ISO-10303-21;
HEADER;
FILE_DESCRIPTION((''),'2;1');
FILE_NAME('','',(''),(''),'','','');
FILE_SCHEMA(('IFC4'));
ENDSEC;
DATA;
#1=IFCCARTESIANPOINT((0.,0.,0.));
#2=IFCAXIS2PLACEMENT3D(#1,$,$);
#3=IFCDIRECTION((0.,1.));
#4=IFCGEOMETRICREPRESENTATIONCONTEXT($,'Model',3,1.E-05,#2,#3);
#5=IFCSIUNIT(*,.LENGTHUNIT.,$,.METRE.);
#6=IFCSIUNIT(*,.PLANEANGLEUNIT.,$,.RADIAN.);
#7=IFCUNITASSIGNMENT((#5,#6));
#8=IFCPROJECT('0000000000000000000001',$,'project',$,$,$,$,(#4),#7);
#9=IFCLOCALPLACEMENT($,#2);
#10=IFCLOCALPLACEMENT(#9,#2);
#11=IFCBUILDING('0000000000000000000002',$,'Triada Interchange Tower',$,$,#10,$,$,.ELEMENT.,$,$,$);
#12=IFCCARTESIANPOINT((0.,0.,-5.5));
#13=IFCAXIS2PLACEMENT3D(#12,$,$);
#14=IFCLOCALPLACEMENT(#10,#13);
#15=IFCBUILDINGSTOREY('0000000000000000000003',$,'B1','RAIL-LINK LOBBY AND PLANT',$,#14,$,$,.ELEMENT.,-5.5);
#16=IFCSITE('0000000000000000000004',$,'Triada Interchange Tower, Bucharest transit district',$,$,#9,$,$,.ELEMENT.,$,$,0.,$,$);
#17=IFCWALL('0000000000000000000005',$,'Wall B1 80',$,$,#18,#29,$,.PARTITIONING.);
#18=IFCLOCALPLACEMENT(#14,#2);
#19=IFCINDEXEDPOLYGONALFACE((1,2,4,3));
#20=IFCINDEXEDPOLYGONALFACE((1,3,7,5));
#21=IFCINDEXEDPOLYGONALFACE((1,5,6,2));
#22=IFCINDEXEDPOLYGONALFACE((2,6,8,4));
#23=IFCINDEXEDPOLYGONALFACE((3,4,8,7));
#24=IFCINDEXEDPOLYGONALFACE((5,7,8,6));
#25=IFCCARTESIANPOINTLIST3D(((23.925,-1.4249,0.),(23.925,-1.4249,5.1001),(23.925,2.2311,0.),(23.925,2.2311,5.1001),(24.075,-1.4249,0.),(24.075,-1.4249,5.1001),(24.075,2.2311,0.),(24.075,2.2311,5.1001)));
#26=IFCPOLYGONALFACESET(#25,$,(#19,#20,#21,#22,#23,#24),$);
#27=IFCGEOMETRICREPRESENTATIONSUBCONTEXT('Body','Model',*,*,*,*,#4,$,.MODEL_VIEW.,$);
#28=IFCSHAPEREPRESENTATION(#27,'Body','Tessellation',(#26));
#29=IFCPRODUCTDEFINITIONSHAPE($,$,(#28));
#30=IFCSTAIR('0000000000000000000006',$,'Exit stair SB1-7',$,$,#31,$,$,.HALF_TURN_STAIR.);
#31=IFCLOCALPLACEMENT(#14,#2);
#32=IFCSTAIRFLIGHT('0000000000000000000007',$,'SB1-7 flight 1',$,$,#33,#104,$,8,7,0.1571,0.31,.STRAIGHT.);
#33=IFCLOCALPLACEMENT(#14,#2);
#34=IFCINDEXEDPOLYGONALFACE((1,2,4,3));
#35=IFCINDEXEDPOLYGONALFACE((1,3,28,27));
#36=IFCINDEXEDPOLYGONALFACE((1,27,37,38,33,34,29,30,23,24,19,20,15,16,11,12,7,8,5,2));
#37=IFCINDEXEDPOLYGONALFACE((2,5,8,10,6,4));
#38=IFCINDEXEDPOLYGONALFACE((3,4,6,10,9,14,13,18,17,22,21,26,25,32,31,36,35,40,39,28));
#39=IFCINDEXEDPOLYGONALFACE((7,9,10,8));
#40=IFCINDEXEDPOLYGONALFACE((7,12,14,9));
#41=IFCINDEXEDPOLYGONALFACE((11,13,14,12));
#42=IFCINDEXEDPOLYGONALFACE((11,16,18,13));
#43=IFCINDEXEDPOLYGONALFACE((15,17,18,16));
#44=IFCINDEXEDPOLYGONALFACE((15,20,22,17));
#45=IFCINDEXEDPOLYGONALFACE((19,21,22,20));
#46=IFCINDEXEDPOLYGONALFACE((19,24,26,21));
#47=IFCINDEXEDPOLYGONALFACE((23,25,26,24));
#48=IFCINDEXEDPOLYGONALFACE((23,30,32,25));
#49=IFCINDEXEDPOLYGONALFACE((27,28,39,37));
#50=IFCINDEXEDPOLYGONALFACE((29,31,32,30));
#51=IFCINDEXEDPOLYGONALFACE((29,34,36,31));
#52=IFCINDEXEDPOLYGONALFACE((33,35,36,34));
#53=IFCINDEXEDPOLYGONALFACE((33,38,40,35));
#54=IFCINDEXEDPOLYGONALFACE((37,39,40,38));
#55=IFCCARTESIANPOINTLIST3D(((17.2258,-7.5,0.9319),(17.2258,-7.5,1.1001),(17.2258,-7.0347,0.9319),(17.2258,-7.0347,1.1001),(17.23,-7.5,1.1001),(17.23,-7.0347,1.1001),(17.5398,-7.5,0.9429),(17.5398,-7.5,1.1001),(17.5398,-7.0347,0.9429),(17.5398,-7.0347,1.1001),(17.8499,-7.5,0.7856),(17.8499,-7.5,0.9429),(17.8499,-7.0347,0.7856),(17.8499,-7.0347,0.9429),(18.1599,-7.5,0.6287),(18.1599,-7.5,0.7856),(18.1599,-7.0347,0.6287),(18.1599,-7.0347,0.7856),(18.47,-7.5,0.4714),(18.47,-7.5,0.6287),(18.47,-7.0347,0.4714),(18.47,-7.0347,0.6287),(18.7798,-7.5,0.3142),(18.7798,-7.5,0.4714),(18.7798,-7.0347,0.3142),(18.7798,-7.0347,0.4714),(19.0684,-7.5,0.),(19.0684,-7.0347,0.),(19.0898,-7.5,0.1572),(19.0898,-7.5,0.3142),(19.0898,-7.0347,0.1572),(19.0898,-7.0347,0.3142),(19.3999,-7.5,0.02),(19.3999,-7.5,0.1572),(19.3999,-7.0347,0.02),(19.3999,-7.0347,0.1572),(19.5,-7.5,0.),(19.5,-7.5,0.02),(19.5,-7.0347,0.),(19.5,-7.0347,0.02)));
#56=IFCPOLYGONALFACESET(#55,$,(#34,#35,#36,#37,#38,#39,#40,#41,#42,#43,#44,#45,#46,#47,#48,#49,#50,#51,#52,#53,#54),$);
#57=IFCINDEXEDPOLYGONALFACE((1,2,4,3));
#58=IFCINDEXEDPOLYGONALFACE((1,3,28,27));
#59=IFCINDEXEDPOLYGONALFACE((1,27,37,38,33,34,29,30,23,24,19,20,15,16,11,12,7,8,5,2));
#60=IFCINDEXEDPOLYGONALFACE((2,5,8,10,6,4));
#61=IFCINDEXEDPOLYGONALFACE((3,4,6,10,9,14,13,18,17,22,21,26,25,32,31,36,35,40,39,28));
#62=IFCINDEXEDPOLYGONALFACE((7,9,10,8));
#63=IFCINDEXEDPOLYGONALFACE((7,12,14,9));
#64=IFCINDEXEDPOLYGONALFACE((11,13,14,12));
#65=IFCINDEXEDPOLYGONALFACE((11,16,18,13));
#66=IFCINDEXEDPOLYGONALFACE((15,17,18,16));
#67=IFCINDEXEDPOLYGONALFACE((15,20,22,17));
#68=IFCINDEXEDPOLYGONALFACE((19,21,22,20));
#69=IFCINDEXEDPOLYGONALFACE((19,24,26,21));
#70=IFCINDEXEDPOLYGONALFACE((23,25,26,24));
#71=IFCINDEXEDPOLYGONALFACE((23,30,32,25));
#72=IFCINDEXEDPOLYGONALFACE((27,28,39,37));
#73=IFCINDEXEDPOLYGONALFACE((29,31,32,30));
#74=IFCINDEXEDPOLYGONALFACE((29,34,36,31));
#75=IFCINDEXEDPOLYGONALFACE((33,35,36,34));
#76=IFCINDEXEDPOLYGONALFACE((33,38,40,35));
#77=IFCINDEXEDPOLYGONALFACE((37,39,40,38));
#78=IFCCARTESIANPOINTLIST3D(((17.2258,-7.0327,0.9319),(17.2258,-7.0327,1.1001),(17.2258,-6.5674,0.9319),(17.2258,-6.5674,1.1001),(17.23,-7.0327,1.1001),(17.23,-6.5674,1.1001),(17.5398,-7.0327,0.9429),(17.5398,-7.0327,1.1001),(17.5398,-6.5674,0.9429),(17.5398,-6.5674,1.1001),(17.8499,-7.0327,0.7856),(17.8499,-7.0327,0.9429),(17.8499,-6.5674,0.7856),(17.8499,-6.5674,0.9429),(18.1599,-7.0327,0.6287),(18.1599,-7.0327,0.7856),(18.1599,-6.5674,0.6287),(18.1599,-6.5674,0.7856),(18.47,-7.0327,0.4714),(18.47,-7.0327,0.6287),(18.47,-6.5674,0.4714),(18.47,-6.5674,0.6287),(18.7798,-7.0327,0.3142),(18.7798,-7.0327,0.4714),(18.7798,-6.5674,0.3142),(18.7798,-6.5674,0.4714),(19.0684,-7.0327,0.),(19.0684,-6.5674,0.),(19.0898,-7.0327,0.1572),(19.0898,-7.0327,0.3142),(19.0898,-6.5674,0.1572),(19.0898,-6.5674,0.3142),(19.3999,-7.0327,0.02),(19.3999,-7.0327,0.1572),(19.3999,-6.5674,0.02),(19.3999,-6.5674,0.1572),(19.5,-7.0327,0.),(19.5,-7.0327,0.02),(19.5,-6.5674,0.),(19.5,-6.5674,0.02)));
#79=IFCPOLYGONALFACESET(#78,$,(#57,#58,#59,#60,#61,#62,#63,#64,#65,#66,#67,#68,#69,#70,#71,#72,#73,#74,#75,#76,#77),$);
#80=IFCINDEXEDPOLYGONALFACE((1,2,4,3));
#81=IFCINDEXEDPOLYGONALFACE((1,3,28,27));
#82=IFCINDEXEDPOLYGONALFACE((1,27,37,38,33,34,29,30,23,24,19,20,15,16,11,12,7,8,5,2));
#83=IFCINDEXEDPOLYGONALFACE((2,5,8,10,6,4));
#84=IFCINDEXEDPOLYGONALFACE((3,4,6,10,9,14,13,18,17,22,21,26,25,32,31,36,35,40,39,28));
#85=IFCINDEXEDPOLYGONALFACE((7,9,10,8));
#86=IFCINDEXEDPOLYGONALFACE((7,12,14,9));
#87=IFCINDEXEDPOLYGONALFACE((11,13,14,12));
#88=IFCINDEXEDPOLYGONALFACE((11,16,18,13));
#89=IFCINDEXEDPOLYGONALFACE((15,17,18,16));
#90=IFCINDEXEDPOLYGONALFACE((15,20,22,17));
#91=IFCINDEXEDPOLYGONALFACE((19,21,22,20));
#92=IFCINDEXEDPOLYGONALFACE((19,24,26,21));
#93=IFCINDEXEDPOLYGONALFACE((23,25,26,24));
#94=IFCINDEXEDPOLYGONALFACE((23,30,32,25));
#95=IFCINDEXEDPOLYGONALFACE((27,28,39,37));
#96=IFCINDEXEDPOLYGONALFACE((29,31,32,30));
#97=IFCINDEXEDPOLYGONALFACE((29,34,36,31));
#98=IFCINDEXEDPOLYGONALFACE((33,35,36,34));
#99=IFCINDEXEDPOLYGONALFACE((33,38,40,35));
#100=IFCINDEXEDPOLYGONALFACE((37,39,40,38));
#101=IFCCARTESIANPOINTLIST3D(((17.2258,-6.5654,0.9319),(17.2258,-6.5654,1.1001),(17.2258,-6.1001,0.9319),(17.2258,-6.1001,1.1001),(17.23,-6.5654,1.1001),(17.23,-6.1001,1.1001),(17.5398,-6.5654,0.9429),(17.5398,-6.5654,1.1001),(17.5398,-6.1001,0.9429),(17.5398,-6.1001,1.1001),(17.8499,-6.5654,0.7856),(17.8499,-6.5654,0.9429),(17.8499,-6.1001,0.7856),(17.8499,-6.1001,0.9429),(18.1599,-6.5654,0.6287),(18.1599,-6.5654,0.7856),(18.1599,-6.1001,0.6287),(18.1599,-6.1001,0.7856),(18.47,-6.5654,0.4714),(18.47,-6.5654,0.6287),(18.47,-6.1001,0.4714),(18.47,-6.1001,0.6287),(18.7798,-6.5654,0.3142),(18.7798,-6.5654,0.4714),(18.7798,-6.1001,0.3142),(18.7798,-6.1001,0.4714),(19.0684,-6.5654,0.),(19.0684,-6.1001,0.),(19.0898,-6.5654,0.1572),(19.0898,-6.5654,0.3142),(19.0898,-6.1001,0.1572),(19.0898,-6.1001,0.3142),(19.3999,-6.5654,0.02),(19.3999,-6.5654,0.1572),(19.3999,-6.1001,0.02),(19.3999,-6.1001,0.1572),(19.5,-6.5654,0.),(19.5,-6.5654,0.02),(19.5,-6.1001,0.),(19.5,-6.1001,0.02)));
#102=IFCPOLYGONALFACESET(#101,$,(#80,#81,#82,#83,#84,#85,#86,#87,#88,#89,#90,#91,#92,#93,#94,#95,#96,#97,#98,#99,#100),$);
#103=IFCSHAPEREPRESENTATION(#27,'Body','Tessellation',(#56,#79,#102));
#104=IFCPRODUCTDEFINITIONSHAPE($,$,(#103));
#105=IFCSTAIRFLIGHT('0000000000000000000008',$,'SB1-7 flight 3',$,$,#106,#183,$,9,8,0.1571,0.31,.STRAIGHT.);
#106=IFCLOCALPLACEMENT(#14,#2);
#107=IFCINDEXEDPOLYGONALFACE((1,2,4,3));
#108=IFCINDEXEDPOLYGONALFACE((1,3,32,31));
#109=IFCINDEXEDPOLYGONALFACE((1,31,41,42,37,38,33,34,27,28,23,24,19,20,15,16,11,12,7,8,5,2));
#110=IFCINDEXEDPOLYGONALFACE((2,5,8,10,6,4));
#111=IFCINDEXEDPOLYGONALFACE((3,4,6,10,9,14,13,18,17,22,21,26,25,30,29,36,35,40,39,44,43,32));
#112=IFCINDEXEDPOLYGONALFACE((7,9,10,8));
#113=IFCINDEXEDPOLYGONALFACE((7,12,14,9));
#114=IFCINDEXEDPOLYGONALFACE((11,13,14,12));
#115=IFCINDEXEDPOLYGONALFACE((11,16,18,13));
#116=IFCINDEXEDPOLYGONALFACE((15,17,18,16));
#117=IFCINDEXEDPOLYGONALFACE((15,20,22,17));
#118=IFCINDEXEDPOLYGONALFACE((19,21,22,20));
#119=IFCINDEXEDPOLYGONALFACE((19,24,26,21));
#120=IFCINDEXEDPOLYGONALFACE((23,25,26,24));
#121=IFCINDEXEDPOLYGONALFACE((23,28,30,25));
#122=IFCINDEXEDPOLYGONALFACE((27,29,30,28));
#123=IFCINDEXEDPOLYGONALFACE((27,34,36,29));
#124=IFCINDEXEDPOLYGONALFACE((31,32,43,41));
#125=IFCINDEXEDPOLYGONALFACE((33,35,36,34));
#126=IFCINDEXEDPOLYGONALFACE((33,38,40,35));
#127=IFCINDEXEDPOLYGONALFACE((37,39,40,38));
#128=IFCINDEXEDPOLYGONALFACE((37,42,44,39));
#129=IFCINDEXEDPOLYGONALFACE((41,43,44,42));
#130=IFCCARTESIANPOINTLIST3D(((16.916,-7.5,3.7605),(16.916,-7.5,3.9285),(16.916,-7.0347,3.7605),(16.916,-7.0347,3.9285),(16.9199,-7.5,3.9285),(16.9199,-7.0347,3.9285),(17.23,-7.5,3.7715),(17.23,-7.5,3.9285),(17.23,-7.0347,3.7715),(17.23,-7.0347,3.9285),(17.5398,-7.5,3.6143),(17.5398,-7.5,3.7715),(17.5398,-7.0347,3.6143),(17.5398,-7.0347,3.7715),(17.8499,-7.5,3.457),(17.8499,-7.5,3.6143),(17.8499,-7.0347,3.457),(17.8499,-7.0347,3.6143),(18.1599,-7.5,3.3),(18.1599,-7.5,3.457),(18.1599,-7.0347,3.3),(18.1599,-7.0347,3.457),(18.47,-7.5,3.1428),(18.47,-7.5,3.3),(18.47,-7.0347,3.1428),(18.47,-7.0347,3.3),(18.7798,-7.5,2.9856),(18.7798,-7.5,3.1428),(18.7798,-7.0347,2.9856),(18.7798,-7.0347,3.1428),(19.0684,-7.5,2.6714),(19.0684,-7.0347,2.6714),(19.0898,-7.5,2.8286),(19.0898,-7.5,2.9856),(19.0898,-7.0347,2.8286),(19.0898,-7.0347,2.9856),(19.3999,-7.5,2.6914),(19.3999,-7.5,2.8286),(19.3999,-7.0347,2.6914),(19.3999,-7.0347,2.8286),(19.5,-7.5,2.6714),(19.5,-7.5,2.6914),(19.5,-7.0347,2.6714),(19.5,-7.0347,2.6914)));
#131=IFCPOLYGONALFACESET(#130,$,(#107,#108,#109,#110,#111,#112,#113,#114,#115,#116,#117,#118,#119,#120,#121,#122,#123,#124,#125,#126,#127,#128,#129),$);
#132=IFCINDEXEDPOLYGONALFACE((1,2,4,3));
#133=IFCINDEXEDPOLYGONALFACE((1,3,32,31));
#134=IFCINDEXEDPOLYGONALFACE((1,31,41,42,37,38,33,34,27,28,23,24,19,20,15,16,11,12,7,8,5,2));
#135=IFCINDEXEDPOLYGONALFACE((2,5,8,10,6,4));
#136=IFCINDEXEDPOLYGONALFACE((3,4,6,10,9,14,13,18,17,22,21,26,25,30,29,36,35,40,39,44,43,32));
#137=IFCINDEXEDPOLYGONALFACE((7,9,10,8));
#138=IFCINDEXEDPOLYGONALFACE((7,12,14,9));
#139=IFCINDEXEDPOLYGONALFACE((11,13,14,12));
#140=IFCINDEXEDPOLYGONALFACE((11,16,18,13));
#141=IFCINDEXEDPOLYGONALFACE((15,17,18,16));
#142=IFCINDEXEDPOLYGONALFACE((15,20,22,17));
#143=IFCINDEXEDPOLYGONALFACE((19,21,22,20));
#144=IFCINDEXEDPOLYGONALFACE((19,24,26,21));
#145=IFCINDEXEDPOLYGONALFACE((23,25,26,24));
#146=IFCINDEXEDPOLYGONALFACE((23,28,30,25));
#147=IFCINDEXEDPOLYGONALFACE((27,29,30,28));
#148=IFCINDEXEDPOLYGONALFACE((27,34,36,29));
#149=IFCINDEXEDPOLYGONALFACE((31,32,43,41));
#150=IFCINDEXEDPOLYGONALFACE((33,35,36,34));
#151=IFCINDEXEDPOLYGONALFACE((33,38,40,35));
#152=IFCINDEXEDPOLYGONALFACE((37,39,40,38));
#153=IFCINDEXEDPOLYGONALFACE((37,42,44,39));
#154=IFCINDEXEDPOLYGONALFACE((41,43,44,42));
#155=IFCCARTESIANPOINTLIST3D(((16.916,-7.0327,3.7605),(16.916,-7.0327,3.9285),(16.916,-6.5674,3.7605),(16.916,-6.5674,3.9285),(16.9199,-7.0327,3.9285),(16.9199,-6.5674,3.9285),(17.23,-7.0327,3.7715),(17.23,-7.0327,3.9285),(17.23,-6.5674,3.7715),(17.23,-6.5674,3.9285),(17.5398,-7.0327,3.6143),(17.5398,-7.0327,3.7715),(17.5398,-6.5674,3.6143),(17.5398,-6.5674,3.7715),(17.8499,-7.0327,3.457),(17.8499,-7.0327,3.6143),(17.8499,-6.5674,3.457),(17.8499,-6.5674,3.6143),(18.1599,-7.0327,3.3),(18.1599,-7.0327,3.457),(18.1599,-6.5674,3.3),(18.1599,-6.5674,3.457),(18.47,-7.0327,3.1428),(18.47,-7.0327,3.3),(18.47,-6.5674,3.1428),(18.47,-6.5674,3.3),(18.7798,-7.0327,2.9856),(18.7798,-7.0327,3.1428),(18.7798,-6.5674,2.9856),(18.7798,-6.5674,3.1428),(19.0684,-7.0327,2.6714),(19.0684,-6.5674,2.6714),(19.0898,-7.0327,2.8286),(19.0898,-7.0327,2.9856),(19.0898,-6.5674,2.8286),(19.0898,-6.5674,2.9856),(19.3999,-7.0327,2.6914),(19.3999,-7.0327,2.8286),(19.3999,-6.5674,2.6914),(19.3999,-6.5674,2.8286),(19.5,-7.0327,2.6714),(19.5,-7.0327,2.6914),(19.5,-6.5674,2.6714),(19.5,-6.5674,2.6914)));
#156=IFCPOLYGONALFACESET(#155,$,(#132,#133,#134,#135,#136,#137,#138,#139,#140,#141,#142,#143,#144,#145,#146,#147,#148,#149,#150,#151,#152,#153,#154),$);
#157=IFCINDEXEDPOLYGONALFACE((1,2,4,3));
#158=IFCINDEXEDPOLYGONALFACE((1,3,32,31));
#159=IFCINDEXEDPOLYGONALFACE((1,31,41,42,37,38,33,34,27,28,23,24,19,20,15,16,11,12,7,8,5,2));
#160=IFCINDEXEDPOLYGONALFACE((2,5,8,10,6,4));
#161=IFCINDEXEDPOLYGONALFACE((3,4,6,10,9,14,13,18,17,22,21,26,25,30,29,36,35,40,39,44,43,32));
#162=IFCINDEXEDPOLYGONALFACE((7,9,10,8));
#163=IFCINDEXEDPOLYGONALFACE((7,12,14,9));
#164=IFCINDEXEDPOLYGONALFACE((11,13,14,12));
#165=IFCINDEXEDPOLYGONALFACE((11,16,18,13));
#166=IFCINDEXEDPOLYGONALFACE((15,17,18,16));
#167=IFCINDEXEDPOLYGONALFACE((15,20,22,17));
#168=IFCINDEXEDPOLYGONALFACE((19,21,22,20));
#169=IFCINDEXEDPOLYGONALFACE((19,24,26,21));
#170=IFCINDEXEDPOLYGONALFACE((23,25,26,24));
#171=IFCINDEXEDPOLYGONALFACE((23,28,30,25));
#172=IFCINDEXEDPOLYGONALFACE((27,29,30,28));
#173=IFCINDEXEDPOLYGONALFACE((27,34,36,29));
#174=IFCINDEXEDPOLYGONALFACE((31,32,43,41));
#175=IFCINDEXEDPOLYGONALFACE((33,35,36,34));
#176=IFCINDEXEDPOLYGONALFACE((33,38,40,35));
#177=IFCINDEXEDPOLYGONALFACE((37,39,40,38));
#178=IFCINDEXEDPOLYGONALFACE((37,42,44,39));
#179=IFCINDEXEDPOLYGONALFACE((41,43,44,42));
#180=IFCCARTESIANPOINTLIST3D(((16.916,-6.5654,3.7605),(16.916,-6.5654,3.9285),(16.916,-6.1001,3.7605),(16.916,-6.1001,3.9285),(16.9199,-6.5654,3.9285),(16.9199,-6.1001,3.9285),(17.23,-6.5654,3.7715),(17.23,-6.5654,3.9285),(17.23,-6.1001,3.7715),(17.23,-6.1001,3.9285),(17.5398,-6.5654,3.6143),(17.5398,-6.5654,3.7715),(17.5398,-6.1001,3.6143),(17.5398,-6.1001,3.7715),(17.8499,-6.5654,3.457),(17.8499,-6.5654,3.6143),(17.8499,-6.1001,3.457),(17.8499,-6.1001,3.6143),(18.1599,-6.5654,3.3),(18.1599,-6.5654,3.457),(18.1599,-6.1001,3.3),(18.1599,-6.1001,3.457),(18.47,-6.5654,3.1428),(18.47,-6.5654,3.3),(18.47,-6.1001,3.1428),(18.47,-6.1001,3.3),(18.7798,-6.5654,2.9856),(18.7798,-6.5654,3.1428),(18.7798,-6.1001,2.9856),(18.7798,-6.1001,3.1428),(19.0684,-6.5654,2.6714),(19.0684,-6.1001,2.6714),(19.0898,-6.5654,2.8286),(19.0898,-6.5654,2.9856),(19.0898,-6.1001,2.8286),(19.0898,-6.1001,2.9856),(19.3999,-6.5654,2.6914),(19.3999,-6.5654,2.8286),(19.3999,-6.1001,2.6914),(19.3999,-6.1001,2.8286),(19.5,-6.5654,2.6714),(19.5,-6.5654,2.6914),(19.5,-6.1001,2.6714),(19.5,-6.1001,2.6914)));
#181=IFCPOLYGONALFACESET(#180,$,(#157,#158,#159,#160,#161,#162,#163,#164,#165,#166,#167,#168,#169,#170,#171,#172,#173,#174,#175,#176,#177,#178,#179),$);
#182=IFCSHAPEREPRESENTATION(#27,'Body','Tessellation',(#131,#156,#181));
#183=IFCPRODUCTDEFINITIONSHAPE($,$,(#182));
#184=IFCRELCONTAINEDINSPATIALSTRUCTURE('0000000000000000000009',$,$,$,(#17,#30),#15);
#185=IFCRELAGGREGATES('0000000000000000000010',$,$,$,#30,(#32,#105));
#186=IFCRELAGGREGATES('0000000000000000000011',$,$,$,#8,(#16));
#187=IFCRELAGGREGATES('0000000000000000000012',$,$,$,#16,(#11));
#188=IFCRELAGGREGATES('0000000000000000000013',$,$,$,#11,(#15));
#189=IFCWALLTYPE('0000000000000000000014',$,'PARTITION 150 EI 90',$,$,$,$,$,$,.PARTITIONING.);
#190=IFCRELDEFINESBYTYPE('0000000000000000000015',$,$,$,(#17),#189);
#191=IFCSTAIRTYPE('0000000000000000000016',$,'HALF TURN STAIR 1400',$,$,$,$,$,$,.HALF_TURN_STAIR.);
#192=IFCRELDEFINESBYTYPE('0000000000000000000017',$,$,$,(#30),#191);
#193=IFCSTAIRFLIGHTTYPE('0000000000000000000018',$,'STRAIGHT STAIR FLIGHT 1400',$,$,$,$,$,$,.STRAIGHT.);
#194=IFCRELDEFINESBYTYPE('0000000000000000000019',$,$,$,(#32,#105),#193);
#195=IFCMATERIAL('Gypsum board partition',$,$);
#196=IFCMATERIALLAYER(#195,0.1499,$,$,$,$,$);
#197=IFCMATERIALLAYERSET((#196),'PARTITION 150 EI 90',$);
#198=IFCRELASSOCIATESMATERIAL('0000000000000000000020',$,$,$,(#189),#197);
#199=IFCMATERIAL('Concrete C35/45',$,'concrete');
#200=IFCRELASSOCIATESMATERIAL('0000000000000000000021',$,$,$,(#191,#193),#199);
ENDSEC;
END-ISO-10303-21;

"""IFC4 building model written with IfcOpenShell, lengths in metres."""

from ifc_helpers import new_model, si_unit, direction, frame, frame_2d, origin, place, context, subcontext, project, spatial, polyline, rectangle, outline, extrude, material, layer, layer_set, type_object, element, aggregate, save


model = new_model("IFC4")

# Units and contexts
model_context = context("Model", 3, precision=1e-05, world=origin(), true_north=direction((0.0, 1.0)))
body_context = subcontext(model_context, "Body", "Model", "MODEL_VIEW")
ifc_project = project(units=[si_unit("LENGTHUNIT", "METRE"), si_unit("PLANEANGLEUNIT", "RADIAN")], contexts=[model_context])

# Site, building, storey
site_placement = place(None, origin())
site = spatial("IfcSite", under=ifc_project, at=site_placement, Name="Triada Interchange Tower, Bucharest transit district", CompositionType="ELEMENT", RefElevation=0.0)
building_placement = place(site_placement, origin())
building = spatial("IfcBuilding", under=site, at=building_placement, Name="Triada Interchange Tower", CompositionType="ELEMENT")
storey_placement = place(building_placement, frame((0.0, 0.0, -5.5)))
storey = spatial("IfcBuildingStorey", under=building, at=storey_placement, Name="B1", Description="RAIL-LINK LOBBY AND PLANT", CompositionType="ELEMENT", Elevation=-5.5)

# Shared definitions
ifc_material_1 = material(Name="Concrete C35/45", Category="concrete")

# Shared definitions
ifc_material_2 = material(Name="Gypsum board partition")

# Wall
ifc_layer_1 = layer(ifc_material_2, 0.1499)
ifc_layer_set_1 = layer_set([ifc_layer_1], Name="PARTITION 150 EI 90")
wall_type_1 = type_object("IfcWallType", Name="PARTITION 150 EI 90", PredefinedType="PARTITIONING", material=ifc_layer_set_1)
wall_1_placement = place(storey_placement, frame((24.0, -1.425, 0.0), z_axis=(0.0, 0.0, 1.0), x_axis=(0.0, 1.0, 0.0)))
element("IfcWall", 1, at=wall_1_placement, inside=storey, type_object=wall_type_1, Name="Wall B1 80", PredefinedType="PARTITIONING", context=body_context, shape_type="SweptSolid", body=[
    extrude(rectangle(XDim=3.656, YDim=0.1499, at=frame_2d((1.8281, 0.0))), origin(), (0.0, 0.0, 1.0), 5.1001),
])

# Stair, stair flights
stair_type = type_object("IfcStairType", Name="HALF TURN STAIR 1400", PredefinedType="HALF_TURN_STAIR", material=ifc_material_1)
stair_placement = place(storey_placement, origin())
stair = element("IfcStair", 2, at=stair_placement, inside=storey, type_object=stair_type, Name="Exit stair SB1-7", PredefinedType="HALF_TURN_STAIR")
stair_flight_type = type_object("IfcStairFlightType", Name="STRAIGHT STAIR FLIGHT 1400", PredefinedType="STRAIGHT", material=ifc_material_1)
stair_flight_1_placement = place(storey_placement, frame((19.3999, -6.8, 0.0), z_axis=(0.0, 0.0, 1.0), x_axis=(-1.0, 0.0, 0.0)))
stair_flight_1 = element("IfcStairFlight", 3, at=stair_flight_1_placement, type_object=stair_flight_type, Name="SB1-7 flight 1", NumberOfRisers=8, NumberOfTreads=7, PredefinedType="STRAIGHT", RiserHeight=0.1571, TreadLength=0.31, context=body_context, shape_type="SweptSolid", body=[
    extrude(outline(polyline([(-0.1001, 0.0), (-0.1001, 0.02), (0.0, 0.02), (0.0, 0.1572), (0.3101, 0.1572), (0.3101, 0.3142), (0.6201, 0.3142), (0.6201, 0.4714), (0.9299, 0.4714), (0.9299, 0.6287), (1.24, 0.6287), (1.24, 0.7856), (1.55, 0.7856), (1.55, 0.9429), (1.8601, 0.9429), (1.8601, 1.1001), (2.1699, 1.1001), (2.1741, 1.1001), (2.1741, 1.2571), (2.1741, 0.9319), (0.3315, 0.0), (-0.1001, 0.0)])), frame((0.0, 0.7, 0.0), z_axis=(0.0, -1.0, 0.0), x_axis=(1.0, 0.0, 0.0)), (0.0, 0.0, 1.0), 0.4653),
    extrude(outline(polyline([(-0.1001, 0.0), (-0.1001, 0.02), (0.0, 0.02), (0.0, 0.1572), (0.3101, 0.1572), (0.3101, 0.3142), (0.6201, 0.3142), (0.6201, 0.4714), (0.9299, 0.4714), (0.9299, 0.6287), (1.24, 0.6287), (1.24, 0.7856), (1.55, 0.7856), (1.55, 0.9429), (1.8601, 0.9429), (1.8601, 1.1001), (2.1699, 1.1001), (2.1741, 1.1001), (2.1741, 1.2571), (2.1741, 0.9319), (0.3315, 0.0), (-0.1001, 0.0)])), frame((0.0, 0.2327, 0.0), z_axis=(0.0, -1.0, 0.0), x_axis=(1.0, 0.0, 0.0)), (0.0, 0.0, 1.0), 0.4653),
    extrude(outline(polyline([(-0.1001, 0.0), (-0.1001, 0.02), (0.0, 0.02), (0.0, 0.1572), (0.3101, 0.1572), (0.3101, 0.3142), (0.6201, 0.3142), (0.6201, 0.4714), (0.9299, 0.4714), (0.9299, 0.6287), (1.24, 0.6287), (1.24, 0.7856), (1.55, 0.7856), (1.55, 0.9429), (1.8601, 0.9429), (1.8601, 1.1001), (2.1699, 1.1001), (2.1741, 1.1001), (2.1741, 1.2571), (2.1741, 0.9319), (0.3315, 0.0), (-0.1001, 0.0)])), frame((0.0, -0.2346, 0.0), z_axis=(0.0, -1.0, 0.0), x_axis=(1.0, 0.0, 0.0)), (0.0, 0.0, 1.0), 0.4653),
])
stair_flight_2_placement = place(storey_placement, frame((19.3999, -6.8, 2.6714), z_axis=(0.0, 0.0, 1.0), x_axis=(-1.0, 0.0, 0.0)))
stair_flight_2 = element("IfcStairFlight", 4, at=stair_flight_2_placement, type_object=stair_flight_type, Name="SB1-7 flight 3", NumberOfRisers=9, NumberOfTreads=8, PredefinedType="STRAIGHT", RiserHeight=0.1571, TreadLength=0.31, context=body_context, shape_type="SweptSolid", body=[
    extrude(outline(polyline([(-0.1001, 0.0), (-0.1001, 0.02), (0.0, 0.02), (0.0, 0.1572), (0.3101, 0.1572), (0.3101, 0.3142), (0.6201, 0.3142), (0.6201, 0.4714), (0.9299, 0.4714), (0.9299, 0.6287), (1.24, 0.6287), (1.24, 0.7856), (1.55, 0.7856), (1.55, 0.9429), (1.8601, 0.9429), (1.8601, 1.1001), (2.1699, 1.1001), (2.1699, 1.2571), (2.48, 1.2571), (2.4839, 1.2571), (2.4839, 1.4143), (2.4839, 1.0891), (0.3315, 0.0), (-0.1001, 0.0)])), frame((0.0, 0.7, 0.0), z_axis=(0.0, -1.0, 0.0), x_axis=(1.0, 0.0, 0.0)), (0.0, 0.0, 1.0), 0.4653),
    extrude(outline(polyline([(-0.1001, 0.0), (-0.1001, 0.02), (0.0, 0.02), (0.0, 0.1572), (0.3101, 0.1572), (0.3101, 0.3142), (0.6201, 0.3142), (0.6201, 0.4714), (0.9299, 0.4714), (0.9299, 0.6287), (1.24, 0.6287), (1.24, 0.7856), (1.55, 0.7856), (1.55, 0.9429), (1.8601, 0.9429), (1.8601, 1.1001), (2.1699, 1.1001), (2.1699, 1.2571), (2.48, 1.2571), (2.4839, 1.2571), (2.4839, 1.4143), (2.4839, 1.0891), (0.3315, 0.0), (-0.1001, 0.0)])), frame((0.0, 0.2327, 0.0), z_axis=(0.0, -1.0, 0.0), x_axis=(1.0, 0.0, 0.0)), (0.0, 0.0, 1.0), 0.4653),
    extrude(outline(polyline([(-0.1001, 0.0), (-0.1001, 0.02), (0.0, 0.02), (0.0, 0.1572), (0.3101, 0.1572), (0.3101, 0.3142), (0.6201, 0.3142), (0.6201, 0.4714), (0.9299, 0.4714), (0.9299, 0.6287), (1.24, 0.6287), (1.24, 0.7856), (1.55, 0.7856), (1.55, 0.9429), (1.8601, 0.9429), (1.8601, 1.1001), (2.1699, 1.1001), (2.1699, 1.2571), (2.48, 1.2571), (2.4839, 1.2571), (2.4839, 1.4143), (2.4839, 1.0891), (0.3315, 0.0), (-0.1001, 0.0)])), frame((0.0, -0.2346, 0.0), z_axis=(0.0, -1.0, 0.0), x_axis=(1.0, 0.0, 0.0)), (0.0, 0.0, 1.0), 0.4653),
])
aggregate(stair, [stair_flight_1, stair_flight_2])

save(model, "model.ifc")
